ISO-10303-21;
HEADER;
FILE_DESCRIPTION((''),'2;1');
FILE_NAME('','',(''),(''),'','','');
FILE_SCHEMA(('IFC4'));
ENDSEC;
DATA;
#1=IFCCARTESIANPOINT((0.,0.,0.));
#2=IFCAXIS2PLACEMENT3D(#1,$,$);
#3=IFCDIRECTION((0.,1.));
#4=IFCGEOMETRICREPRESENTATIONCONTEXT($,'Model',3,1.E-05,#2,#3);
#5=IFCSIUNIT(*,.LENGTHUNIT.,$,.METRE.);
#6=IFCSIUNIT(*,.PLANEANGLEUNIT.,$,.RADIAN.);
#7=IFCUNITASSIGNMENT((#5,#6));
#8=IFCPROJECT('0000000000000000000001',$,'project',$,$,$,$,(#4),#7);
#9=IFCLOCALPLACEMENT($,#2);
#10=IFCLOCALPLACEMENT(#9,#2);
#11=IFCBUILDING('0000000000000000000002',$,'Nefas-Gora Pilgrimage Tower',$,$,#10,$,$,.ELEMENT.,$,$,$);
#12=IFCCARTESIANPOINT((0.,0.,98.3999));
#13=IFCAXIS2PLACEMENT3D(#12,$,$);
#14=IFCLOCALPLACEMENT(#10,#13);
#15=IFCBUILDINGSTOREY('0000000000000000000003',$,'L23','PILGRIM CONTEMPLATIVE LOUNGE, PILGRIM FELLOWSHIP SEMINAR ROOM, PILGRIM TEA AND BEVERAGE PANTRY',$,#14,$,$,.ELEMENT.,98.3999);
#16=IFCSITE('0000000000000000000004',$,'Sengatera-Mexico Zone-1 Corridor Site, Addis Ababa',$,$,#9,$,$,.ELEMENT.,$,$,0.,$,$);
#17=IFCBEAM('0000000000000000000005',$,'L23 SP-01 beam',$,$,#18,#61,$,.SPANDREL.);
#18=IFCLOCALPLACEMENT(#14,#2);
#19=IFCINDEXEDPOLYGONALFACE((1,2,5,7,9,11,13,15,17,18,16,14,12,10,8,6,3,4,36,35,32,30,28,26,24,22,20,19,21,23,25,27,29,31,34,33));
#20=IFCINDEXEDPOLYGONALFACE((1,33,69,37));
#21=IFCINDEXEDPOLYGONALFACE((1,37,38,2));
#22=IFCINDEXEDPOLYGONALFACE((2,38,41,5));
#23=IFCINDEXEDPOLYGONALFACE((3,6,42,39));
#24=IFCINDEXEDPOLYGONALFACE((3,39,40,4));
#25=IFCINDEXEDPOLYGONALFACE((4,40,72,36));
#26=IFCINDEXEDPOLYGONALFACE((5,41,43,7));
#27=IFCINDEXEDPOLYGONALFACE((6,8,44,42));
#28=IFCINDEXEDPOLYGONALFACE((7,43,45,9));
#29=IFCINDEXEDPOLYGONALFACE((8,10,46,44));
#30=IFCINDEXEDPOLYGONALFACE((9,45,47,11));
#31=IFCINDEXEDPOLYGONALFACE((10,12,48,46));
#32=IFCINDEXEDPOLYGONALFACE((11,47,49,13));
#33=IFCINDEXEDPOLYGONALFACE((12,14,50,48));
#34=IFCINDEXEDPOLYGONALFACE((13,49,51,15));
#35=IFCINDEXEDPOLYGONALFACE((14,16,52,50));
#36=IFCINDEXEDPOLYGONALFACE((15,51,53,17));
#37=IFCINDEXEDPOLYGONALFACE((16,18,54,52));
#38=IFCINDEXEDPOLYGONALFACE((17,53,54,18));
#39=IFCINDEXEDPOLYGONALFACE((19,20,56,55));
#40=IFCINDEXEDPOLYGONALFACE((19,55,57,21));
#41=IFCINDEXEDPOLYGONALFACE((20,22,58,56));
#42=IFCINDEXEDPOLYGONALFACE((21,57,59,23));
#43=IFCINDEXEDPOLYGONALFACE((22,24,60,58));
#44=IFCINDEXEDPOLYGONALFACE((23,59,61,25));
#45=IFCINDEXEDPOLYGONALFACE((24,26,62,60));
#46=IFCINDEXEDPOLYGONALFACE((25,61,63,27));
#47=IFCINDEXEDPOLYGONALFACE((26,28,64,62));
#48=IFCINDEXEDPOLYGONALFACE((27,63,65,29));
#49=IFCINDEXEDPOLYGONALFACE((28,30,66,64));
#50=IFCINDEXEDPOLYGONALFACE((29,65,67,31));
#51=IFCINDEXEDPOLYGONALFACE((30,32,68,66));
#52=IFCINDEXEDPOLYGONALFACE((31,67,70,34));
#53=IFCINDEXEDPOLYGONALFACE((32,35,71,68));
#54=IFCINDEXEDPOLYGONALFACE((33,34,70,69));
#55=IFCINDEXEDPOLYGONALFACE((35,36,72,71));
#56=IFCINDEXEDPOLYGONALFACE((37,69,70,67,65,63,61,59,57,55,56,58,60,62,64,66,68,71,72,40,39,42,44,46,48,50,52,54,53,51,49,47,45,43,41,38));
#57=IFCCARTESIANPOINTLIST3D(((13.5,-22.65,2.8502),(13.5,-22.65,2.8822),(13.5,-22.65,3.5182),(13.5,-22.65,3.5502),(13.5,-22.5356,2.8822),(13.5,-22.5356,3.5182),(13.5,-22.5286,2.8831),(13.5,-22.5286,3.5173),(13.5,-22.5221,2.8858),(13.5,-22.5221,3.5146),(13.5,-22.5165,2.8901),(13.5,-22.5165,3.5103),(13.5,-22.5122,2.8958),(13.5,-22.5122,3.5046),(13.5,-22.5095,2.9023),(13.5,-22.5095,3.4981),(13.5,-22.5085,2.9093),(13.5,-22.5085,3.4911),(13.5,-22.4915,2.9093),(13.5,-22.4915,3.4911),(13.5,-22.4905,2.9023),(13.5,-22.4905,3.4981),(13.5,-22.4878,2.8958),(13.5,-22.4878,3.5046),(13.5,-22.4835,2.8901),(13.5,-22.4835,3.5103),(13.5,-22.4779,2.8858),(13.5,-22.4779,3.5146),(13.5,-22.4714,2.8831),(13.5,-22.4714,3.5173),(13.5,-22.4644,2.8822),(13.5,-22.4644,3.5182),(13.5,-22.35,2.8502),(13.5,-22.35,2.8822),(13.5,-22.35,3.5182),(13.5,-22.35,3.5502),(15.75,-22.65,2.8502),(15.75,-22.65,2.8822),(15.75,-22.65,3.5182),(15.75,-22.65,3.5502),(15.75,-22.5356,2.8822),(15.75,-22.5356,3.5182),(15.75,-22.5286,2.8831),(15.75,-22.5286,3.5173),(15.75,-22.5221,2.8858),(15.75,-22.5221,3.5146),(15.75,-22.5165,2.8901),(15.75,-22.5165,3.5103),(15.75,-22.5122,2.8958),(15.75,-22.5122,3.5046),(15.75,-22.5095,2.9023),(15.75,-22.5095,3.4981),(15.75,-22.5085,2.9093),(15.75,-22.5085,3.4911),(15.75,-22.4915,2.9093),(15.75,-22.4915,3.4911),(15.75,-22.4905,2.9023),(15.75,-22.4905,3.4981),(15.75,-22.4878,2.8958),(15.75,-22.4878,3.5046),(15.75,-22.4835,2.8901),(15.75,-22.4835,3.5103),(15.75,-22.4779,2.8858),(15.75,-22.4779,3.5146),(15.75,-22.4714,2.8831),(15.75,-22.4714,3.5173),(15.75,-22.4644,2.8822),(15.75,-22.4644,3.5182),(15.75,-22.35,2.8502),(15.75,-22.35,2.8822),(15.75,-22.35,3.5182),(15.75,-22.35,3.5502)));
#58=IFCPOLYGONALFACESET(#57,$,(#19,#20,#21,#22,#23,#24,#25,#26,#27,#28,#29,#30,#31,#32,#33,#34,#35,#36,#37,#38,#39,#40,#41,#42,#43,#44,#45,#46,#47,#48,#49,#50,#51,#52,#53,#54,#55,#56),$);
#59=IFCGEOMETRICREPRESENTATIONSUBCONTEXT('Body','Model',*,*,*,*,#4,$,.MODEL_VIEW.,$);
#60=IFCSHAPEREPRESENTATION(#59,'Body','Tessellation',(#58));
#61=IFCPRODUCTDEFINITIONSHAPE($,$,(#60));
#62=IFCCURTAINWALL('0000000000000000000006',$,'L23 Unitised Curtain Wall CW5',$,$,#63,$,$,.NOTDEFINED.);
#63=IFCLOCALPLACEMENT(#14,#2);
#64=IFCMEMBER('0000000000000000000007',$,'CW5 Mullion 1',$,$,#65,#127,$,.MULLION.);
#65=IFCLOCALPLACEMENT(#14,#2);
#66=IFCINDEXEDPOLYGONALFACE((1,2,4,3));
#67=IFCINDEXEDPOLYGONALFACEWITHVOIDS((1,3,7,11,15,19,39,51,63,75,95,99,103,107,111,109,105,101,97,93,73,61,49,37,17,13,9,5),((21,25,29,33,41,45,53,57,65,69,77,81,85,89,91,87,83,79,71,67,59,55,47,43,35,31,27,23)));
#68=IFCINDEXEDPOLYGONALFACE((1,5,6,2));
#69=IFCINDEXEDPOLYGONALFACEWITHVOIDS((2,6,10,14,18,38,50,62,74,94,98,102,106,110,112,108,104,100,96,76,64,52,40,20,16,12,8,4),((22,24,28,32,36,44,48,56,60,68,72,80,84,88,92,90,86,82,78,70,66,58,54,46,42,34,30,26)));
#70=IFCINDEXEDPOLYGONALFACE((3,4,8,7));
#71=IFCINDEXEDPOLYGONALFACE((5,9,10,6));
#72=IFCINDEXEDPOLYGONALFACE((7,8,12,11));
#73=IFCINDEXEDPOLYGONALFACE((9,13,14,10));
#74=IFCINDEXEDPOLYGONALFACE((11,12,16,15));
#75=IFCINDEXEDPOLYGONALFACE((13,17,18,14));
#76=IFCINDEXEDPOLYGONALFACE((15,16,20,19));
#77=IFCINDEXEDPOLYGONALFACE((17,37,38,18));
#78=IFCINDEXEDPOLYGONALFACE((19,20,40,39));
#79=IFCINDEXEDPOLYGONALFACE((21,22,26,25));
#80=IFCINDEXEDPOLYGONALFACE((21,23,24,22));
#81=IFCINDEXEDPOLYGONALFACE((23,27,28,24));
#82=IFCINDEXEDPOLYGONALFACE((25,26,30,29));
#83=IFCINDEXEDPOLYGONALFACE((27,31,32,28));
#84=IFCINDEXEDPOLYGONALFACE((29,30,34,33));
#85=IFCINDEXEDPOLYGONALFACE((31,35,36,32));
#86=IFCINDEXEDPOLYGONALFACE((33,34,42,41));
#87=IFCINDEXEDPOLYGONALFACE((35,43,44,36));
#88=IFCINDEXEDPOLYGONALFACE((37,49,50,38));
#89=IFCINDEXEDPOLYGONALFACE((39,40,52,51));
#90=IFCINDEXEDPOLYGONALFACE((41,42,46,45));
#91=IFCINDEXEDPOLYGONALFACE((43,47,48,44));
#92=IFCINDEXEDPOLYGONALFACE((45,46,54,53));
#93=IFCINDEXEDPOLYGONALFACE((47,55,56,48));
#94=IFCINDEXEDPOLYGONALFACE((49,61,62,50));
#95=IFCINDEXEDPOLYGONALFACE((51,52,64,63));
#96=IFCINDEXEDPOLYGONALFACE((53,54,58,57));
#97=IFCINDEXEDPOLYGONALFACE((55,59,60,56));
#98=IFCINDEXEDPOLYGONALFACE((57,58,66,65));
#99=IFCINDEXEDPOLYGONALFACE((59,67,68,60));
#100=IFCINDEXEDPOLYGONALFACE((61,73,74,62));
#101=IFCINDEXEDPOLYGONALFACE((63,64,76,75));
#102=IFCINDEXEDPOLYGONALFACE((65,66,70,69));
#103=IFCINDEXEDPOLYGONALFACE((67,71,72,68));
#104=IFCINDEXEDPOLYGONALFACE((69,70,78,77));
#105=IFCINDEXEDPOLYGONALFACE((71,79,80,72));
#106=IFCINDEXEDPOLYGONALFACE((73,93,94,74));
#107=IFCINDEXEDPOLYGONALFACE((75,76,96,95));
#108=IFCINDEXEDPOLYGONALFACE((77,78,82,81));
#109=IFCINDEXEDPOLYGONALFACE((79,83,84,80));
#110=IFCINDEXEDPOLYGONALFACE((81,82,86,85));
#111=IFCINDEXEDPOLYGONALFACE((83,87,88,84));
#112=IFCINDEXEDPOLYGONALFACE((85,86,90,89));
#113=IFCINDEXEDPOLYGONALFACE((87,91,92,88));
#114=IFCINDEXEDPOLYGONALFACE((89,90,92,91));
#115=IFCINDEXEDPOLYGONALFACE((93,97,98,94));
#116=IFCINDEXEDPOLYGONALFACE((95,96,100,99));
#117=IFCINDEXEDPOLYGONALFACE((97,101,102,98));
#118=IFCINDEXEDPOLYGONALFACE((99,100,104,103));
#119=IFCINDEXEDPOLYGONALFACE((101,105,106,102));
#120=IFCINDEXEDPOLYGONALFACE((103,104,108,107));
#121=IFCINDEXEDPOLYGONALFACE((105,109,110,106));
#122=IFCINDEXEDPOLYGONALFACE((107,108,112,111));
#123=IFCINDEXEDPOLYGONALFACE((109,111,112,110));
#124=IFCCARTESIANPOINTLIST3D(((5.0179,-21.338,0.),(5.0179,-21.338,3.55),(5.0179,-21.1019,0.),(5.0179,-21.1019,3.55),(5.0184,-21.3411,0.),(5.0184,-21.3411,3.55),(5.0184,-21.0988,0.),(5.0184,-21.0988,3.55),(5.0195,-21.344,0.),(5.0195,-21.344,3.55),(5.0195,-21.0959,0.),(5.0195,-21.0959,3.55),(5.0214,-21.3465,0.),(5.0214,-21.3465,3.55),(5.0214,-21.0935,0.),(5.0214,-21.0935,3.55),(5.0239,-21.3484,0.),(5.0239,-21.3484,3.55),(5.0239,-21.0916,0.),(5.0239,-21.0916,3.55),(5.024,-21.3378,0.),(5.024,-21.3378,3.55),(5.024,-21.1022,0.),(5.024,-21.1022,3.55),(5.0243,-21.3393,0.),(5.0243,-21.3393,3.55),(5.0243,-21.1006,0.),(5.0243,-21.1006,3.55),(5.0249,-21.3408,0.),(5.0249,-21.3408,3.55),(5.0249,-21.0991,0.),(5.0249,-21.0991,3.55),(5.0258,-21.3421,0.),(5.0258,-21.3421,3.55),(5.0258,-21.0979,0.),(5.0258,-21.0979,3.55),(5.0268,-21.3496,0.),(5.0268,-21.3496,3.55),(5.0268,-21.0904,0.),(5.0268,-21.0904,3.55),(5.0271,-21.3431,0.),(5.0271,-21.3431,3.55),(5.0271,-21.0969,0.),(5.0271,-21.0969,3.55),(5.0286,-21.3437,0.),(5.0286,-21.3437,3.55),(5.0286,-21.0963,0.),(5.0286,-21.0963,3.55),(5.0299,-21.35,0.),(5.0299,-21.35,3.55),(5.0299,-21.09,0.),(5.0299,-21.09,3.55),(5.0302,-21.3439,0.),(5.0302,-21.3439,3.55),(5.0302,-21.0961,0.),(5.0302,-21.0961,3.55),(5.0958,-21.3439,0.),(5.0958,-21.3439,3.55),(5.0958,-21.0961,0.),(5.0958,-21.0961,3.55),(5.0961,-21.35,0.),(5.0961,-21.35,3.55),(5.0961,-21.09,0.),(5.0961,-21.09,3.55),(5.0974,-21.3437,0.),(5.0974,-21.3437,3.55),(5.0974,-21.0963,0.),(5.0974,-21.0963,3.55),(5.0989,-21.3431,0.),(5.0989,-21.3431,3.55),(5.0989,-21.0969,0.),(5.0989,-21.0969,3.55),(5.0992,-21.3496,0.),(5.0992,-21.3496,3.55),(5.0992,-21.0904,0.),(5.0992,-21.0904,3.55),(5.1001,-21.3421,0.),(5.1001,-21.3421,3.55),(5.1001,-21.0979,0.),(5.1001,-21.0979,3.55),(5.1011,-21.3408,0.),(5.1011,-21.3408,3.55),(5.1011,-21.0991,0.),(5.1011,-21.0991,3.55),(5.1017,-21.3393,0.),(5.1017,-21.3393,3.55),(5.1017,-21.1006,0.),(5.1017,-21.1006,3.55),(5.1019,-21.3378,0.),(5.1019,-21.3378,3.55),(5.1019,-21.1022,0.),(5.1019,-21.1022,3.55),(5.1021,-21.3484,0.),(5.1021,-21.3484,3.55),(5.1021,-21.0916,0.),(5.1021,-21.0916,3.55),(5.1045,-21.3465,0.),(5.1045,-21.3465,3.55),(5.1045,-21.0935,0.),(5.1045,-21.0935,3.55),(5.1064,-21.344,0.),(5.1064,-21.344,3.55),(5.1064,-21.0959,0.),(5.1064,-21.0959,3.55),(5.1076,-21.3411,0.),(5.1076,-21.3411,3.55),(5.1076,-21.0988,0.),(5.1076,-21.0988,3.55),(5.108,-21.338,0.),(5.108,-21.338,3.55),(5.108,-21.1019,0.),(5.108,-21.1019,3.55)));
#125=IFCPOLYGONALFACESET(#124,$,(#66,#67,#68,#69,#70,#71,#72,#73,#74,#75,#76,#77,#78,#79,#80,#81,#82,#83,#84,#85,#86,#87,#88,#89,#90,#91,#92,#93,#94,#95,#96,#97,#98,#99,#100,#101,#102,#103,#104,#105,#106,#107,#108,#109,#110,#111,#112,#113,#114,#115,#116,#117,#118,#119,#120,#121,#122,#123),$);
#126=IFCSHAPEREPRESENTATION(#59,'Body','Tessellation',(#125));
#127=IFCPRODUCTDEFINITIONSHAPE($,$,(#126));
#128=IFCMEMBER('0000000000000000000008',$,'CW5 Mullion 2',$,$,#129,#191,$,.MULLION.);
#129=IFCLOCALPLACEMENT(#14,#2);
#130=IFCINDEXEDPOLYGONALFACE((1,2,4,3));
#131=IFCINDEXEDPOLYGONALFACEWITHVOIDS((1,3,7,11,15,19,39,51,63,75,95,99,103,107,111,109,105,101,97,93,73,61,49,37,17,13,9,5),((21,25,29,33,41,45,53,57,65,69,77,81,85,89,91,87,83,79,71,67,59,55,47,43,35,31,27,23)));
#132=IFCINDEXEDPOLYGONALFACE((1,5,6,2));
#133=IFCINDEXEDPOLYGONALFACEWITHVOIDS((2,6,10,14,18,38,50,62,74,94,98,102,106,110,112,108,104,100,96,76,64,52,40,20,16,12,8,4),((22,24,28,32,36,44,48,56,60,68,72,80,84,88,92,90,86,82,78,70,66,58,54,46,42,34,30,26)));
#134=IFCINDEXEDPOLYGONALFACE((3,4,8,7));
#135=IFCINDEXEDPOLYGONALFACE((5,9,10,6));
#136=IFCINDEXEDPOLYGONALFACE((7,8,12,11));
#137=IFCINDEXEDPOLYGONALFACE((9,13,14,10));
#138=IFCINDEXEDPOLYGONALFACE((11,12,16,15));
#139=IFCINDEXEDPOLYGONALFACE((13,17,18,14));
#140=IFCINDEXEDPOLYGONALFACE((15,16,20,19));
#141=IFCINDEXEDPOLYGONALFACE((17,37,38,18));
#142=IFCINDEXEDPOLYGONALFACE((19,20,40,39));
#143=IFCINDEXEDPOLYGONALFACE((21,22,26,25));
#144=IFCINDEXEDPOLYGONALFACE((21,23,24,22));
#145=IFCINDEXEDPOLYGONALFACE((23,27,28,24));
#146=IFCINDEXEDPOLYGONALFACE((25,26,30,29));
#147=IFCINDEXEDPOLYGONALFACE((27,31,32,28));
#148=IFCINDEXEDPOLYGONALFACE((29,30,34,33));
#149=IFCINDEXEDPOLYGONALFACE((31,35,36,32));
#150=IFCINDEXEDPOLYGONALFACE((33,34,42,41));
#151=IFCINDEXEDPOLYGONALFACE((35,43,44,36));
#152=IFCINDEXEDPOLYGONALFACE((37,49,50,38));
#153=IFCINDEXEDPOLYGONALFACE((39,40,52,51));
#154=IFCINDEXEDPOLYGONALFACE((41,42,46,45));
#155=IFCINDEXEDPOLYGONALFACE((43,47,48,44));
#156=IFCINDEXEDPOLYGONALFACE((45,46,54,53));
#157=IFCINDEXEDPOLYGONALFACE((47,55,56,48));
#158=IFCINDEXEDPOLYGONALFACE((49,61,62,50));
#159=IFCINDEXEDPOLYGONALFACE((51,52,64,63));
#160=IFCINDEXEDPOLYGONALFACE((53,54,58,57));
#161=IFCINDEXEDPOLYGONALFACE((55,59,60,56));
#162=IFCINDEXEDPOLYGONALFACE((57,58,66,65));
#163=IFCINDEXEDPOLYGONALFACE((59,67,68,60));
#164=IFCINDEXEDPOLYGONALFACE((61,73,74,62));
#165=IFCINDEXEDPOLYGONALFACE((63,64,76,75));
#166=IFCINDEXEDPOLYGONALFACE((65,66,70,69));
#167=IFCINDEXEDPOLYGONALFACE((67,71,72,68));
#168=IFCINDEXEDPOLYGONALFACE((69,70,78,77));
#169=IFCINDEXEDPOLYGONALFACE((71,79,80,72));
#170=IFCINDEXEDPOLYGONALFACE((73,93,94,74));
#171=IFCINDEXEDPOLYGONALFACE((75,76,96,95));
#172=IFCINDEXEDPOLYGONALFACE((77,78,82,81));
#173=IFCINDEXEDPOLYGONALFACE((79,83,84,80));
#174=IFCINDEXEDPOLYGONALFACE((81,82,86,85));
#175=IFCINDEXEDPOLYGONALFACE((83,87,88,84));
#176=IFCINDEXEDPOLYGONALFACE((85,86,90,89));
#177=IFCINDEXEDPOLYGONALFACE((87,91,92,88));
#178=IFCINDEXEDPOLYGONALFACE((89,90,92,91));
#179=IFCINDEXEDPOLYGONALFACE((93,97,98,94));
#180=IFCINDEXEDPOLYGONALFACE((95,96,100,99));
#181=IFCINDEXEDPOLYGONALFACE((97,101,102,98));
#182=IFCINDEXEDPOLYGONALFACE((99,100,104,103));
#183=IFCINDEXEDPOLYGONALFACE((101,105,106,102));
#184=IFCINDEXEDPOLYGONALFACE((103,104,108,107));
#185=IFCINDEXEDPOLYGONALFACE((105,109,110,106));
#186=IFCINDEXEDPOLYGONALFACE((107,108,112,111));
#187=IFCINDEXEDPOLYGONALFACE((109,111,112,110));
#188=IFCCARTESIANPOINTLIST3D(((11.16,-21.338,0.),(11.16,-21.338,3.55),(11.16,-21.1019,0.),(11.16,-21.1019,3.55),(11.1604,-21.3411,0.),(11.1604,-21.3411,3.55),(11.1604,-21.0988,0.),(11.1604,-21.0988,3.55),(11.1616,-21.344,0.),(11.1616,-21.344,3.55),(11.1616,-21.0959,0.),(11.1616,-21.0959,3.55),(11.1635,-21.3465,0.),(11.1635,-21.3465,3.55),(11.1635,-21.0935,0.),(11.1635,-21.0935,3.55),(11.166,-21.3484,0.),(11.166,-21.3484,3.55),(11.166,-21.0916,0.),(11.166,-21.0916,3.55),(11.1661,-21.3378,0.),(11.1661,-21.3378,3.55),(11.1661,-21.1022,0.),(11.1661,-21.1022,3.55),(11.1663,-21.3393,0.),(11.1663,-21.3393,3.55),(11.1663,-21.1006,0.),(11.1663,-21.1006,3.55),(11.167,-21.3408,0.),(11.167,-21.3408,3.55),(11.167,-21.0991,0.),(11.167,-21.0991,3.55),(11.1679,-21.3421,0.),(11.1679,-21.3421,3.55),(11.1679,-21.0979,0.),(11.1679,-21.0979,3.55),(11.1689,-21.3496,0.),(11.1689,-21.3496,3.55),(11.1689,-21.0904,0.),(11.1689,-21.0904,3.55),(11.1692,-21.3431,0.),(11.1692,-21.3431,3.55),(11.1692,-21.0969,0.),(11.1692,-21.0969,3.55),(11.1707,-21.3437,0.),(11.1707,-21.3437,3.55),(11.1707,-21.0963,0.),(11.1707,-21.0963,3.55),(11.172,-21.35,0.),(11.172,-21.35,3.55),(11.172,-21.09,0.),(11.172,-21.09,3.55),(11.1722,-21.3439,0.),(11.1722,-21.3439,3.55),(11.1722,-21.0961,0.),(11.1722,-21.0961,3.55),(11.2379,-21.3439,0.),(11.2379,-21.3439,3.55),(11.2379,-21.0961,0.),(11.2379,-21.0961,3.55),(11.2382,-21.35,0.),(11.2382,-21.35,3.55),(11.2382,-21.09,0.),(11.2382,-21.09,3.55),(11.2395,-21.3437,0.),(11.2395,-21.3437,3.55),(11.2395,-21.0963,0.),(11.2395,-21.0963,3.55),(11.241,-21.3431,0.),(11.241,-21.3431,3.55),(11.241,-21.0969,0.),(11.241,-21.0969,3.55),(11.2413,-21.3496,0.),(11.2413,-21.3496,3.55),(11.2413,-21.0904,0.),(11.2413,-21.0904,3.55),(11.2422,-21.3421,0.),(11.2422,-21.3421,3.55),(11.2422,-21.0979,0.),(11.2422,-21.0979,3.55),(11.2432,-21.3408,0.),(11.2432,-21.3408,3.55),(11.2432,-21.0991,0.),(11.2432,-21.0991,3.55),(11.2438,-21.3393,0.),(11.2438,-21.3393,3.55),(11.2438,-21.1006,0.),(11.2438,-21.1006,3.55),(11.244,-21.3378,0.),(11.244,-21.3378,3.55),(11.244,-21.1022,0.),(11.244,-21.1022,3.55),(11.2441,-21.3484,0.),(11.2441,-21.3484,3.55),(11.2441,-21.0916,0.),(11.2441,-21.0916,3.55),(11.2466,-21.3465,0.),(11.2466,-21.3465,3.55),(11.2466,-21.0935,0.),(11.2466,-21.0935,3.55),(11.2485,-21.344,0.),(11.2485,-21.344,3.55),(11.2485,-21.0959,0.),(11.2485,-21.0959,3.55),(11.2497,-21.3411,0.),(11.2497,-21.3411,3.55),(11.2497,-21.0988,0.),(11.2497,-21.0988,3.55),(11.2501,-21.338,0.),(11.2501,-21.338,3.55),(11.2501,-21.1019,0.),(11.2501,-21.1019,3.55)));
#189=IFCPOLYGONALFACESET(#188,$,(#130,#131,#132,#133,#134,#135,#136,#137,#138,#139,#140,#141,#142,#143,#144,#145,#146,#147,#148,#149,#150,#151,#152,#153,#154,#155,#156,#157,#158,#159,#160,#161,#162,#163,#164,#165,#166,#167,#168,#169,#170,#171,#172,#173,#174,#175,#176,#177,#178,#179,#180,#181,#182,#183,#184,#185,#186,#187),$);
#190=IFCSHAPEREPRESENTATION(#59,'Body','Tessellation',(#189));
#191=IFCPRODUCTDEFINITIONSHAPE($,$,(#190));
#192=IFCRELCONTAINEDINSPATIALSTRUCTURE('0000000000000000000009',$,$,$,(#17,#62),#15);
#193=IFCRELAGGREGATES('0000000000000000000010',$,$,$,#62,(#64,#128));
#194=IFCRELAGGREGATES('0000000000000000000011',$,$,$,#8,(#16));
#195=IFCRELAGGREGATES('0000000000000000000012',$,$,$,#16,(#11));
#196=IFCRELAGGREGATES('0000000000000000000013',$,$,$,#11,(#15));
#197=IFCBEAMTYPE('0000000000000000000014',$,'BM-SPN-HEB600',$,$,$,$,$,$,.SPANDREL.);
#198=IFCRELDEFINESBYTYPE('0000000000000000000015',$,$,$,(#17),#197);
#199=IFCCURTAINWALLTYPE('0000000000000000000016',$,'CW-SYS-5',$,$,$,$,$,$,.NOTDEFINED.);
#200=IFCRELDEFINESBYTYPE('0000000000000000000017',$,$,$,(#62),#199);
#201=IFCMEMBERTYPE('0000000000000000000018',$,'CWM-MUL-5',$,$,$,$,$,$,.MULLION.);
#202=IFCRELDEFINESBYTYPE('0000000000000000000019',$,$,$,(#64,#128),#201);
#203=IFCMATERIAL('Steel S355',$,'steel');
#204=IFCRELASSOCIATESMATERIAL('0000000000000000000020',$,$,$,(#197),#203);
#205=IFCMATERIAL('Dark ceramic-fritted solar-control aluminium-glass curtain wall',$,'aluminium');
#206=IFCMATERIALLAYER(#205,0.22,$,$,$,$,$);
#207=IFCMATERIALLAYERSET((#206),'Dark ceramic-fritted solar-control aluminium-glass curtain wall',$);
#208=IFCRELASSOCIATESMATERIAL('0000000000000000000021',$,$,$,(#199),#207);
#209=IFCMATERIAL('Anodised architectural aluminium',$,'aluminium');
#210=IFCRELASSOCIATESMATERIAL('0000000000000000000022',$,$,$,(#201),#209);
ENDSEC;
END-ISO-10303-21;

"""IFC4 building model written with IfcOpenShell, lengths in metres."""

from ifc_helpers import new_model, si_unit, direction, frame, origin, origin_2d, place, context, subcontext, project, spatial, hollow_rectangle, i_section, extrude, source, transform, mapped, material, layer, layer_set, material_profile, profile_set, type_object, element, aggregate, save


model = new_model("IFC4")

# Units and contexts
model_context = context("Model", 3, precision=1e-05, world=origin(), true_north=direction((0.0, 1.0)))
body_context = subcontext(model_context, "Body", "Model", "MODEL_VIEW")
ifc_project = project(units=[si_unit("LENGTHUNIT", "METRE"), si_unit("PLANEANGLEUNIT", "RADIAN")], contexts=[model_context])

# Site, building, storey
site_placement = place(None, origin())
site = spatial("IfcSite", under=ifc_project, at=site_placement, Name="Sengatera-Mexico Zone-1 Corridor Site, Addis Ababa", CompositionType="ELEMENT", RefElevation=0.0)
building_placement = place(site_placement, origin())
building = spatial("IfcBuilding", under=site, at=building_placement, Name="Nefas-Gora Pilgrimage Tower", CompositionType="ELEMENT")
storey_placement = place(building_placement, frame((0.0, 0.0, 98.3999)))
storey = spatial("IfcBuildingStorey", under=building, at=storey_placement, Name="L23", Description="PILGRIM CONTEMPLATIVE LOUNGE, PILGRIM FELLOWSHIP SEMINAR ROOM, PILGRIM TEA AND BEVERAGE PANTRY", CompositionType="ELEMENT", Elevation=98.3999)

# Beam
ifc_material_1 = material(Name="Steel S355", Category="steel")
ifc_material_profile_1 = material_profile(ifc_material_1, i_section(OverallWidth=0.3, OverallDepth=0.7, WebThickness=0.0171, FlangeThickness=0.032, FilletRadius=0.0271, at=origin_2d()), Name="HEB 700")
ifc_profile_set_1 = profile_set([ifc_material_profile_1], Name="Steel S355")
beam_type_1 = type_object("IfcBeamType", Name="BM-SPN-HEB600", PredefinedType="SPANDREL", material=ifc_profile_set_1)
shared_shape_1 = source(origin(), body_context, "Body", "SweptSolid", [
    extrude(i_section(OverallWidth=0.3, OverallDepth=0.7, WebThickness=0.0171, FlangeThickness=0.032, FilletRadius=0.0271, at=origin_2d()), origin(), (0.0, 0.0, 1.0), 2.25),
])
beam_1_placement = place(storey_placement, frame((13.5, -22.5, 3.2002), z_axis=(1.0, 0.0, 0.0), x_axis=(0.0, 1.0, 0.0)))
element("IfcBeam", 1, at=beam_1_placement, inside=storey, type_object=beam_type_1, Name="L23 SP-01 beam", PredefinedType="SPANDREL", context=body_context, shape_type="MappedRepresentation", body=[
    mapped(shared_shape_1, transform((0.0, 0.0, 0.0), x_axis=(1.0, 0.0, 0.0), y_axis=(0.0, 1.0, 0.0), z_axis=(0.0, 0.0, 1.0), scale=1.0)),
])

# Curtain wall, members
ifc_material_2 = material(Name="Dark ceramic-fritted solar-control aluminium-glass curtain wall", Category="aluminium")
ifc_layer_1 = layer(ifc_material_2, 0.22)
ifc_layer_set_1 = layer_set([ifc_layer_1], Name="Dark ceramic-fritted solar-control aluminium-glass curtain wall")
curtain_wall_type_1 = type_object("IfcCurtainWallType", Name="CW-SYS-5", PredefinedType="NOTDEFINED", material=ifc_layer_set_1)
curtain_wall_1_placement = place(storey_placement, origin())
curtain_wall_1 = element("IfcCurtainWall", 2, at=curtain_wall_1_placement, inside=storey, type_object=curtain_wall_type_1, Name="L23 Unitised Curtain Wall CW5", PredefinedType="NOTDEFINED")
ifc_material_3 = material(Name="Anodised architectural aluminium", Category="aluminium")
ifc_material_profile_2 = material_profile(ifc_material_3, hollow_rectangle(XDim=0.0901, YDim=0.26, WallThickness=0.0061, InnerFilletRadius=0.0061, OuterFilletRadius=0.012, at=origin_2d()), Name="ALU MULLION 90x260")
ifc_profile_set_2 = profile_set([ifc_material_profile_2], Name="Anodised architectural aluminium")
member_type_1 = type_object("IfcMemberType", Name="CWM-MUL-5", PredefinedType="MULLION", material=ifc_profile_set_2)
shared_shape_2 = source(origin(), body_context, "Body", "SweptSolid", [
    extrude(hollow_rectangle(XDim=0.0901, YDim=0.26, WallThickness=0.0061, InnerFilletRadius=0.0061, OuterFilletRadius=0.012, at=origin_2d()), origin(), (0.0, 0.0, 1.0), 3.55),
])
member_1_placement = place(storey_placement, frame((5.063, -21.22, 0.0), z_axis=(0.0, 0.0, 1.0), x_axis=(1.0, 0.0, 0.0)))
member_1 = element("IfcMember", 3, at=member_1_placement, type_object=member_type_1, Name="CW5 Mullion 1", PredefinedType="MULLION", context=body_context, shape_type="MappedRepresentation", body=[
    mapped(shared_shape_2, transform((0.0, 0.0, 0.0), x_axis=(1.0, 0.0, 0.0), y_axis=(0.0, 1.0, 0.0), z_axis=(0.0, 0.0, 1.0), scale=1.0)),
])
member_2_placement = place(storey_placement, frame((11.2051, -21.22, 0.0), z_axis=(0.0, 0.0, 1.0), x_axis=(1.0, 0.0, 0.0)))
member_2 = element("IfcMember", 4, at=member_2_placement, type_object=member_type_1, Name="CW5 Mullion 2", PredefinedType="MULLION", context=body_context, shape_type="MappedRepresentation", body=[
    mapped(shared_shape_2, transform((0.0, 0.0, 0.0), x_axis=(1.0, 0.0, 0.0), y_axis=(0.0, 1.0, 0.0), z_axis=(0.0, 0.0, 1.0), scale=1.0)),
])

aggregate(curtain_wall_1, [member_1, member_2])

save(model, "model.ifc")
